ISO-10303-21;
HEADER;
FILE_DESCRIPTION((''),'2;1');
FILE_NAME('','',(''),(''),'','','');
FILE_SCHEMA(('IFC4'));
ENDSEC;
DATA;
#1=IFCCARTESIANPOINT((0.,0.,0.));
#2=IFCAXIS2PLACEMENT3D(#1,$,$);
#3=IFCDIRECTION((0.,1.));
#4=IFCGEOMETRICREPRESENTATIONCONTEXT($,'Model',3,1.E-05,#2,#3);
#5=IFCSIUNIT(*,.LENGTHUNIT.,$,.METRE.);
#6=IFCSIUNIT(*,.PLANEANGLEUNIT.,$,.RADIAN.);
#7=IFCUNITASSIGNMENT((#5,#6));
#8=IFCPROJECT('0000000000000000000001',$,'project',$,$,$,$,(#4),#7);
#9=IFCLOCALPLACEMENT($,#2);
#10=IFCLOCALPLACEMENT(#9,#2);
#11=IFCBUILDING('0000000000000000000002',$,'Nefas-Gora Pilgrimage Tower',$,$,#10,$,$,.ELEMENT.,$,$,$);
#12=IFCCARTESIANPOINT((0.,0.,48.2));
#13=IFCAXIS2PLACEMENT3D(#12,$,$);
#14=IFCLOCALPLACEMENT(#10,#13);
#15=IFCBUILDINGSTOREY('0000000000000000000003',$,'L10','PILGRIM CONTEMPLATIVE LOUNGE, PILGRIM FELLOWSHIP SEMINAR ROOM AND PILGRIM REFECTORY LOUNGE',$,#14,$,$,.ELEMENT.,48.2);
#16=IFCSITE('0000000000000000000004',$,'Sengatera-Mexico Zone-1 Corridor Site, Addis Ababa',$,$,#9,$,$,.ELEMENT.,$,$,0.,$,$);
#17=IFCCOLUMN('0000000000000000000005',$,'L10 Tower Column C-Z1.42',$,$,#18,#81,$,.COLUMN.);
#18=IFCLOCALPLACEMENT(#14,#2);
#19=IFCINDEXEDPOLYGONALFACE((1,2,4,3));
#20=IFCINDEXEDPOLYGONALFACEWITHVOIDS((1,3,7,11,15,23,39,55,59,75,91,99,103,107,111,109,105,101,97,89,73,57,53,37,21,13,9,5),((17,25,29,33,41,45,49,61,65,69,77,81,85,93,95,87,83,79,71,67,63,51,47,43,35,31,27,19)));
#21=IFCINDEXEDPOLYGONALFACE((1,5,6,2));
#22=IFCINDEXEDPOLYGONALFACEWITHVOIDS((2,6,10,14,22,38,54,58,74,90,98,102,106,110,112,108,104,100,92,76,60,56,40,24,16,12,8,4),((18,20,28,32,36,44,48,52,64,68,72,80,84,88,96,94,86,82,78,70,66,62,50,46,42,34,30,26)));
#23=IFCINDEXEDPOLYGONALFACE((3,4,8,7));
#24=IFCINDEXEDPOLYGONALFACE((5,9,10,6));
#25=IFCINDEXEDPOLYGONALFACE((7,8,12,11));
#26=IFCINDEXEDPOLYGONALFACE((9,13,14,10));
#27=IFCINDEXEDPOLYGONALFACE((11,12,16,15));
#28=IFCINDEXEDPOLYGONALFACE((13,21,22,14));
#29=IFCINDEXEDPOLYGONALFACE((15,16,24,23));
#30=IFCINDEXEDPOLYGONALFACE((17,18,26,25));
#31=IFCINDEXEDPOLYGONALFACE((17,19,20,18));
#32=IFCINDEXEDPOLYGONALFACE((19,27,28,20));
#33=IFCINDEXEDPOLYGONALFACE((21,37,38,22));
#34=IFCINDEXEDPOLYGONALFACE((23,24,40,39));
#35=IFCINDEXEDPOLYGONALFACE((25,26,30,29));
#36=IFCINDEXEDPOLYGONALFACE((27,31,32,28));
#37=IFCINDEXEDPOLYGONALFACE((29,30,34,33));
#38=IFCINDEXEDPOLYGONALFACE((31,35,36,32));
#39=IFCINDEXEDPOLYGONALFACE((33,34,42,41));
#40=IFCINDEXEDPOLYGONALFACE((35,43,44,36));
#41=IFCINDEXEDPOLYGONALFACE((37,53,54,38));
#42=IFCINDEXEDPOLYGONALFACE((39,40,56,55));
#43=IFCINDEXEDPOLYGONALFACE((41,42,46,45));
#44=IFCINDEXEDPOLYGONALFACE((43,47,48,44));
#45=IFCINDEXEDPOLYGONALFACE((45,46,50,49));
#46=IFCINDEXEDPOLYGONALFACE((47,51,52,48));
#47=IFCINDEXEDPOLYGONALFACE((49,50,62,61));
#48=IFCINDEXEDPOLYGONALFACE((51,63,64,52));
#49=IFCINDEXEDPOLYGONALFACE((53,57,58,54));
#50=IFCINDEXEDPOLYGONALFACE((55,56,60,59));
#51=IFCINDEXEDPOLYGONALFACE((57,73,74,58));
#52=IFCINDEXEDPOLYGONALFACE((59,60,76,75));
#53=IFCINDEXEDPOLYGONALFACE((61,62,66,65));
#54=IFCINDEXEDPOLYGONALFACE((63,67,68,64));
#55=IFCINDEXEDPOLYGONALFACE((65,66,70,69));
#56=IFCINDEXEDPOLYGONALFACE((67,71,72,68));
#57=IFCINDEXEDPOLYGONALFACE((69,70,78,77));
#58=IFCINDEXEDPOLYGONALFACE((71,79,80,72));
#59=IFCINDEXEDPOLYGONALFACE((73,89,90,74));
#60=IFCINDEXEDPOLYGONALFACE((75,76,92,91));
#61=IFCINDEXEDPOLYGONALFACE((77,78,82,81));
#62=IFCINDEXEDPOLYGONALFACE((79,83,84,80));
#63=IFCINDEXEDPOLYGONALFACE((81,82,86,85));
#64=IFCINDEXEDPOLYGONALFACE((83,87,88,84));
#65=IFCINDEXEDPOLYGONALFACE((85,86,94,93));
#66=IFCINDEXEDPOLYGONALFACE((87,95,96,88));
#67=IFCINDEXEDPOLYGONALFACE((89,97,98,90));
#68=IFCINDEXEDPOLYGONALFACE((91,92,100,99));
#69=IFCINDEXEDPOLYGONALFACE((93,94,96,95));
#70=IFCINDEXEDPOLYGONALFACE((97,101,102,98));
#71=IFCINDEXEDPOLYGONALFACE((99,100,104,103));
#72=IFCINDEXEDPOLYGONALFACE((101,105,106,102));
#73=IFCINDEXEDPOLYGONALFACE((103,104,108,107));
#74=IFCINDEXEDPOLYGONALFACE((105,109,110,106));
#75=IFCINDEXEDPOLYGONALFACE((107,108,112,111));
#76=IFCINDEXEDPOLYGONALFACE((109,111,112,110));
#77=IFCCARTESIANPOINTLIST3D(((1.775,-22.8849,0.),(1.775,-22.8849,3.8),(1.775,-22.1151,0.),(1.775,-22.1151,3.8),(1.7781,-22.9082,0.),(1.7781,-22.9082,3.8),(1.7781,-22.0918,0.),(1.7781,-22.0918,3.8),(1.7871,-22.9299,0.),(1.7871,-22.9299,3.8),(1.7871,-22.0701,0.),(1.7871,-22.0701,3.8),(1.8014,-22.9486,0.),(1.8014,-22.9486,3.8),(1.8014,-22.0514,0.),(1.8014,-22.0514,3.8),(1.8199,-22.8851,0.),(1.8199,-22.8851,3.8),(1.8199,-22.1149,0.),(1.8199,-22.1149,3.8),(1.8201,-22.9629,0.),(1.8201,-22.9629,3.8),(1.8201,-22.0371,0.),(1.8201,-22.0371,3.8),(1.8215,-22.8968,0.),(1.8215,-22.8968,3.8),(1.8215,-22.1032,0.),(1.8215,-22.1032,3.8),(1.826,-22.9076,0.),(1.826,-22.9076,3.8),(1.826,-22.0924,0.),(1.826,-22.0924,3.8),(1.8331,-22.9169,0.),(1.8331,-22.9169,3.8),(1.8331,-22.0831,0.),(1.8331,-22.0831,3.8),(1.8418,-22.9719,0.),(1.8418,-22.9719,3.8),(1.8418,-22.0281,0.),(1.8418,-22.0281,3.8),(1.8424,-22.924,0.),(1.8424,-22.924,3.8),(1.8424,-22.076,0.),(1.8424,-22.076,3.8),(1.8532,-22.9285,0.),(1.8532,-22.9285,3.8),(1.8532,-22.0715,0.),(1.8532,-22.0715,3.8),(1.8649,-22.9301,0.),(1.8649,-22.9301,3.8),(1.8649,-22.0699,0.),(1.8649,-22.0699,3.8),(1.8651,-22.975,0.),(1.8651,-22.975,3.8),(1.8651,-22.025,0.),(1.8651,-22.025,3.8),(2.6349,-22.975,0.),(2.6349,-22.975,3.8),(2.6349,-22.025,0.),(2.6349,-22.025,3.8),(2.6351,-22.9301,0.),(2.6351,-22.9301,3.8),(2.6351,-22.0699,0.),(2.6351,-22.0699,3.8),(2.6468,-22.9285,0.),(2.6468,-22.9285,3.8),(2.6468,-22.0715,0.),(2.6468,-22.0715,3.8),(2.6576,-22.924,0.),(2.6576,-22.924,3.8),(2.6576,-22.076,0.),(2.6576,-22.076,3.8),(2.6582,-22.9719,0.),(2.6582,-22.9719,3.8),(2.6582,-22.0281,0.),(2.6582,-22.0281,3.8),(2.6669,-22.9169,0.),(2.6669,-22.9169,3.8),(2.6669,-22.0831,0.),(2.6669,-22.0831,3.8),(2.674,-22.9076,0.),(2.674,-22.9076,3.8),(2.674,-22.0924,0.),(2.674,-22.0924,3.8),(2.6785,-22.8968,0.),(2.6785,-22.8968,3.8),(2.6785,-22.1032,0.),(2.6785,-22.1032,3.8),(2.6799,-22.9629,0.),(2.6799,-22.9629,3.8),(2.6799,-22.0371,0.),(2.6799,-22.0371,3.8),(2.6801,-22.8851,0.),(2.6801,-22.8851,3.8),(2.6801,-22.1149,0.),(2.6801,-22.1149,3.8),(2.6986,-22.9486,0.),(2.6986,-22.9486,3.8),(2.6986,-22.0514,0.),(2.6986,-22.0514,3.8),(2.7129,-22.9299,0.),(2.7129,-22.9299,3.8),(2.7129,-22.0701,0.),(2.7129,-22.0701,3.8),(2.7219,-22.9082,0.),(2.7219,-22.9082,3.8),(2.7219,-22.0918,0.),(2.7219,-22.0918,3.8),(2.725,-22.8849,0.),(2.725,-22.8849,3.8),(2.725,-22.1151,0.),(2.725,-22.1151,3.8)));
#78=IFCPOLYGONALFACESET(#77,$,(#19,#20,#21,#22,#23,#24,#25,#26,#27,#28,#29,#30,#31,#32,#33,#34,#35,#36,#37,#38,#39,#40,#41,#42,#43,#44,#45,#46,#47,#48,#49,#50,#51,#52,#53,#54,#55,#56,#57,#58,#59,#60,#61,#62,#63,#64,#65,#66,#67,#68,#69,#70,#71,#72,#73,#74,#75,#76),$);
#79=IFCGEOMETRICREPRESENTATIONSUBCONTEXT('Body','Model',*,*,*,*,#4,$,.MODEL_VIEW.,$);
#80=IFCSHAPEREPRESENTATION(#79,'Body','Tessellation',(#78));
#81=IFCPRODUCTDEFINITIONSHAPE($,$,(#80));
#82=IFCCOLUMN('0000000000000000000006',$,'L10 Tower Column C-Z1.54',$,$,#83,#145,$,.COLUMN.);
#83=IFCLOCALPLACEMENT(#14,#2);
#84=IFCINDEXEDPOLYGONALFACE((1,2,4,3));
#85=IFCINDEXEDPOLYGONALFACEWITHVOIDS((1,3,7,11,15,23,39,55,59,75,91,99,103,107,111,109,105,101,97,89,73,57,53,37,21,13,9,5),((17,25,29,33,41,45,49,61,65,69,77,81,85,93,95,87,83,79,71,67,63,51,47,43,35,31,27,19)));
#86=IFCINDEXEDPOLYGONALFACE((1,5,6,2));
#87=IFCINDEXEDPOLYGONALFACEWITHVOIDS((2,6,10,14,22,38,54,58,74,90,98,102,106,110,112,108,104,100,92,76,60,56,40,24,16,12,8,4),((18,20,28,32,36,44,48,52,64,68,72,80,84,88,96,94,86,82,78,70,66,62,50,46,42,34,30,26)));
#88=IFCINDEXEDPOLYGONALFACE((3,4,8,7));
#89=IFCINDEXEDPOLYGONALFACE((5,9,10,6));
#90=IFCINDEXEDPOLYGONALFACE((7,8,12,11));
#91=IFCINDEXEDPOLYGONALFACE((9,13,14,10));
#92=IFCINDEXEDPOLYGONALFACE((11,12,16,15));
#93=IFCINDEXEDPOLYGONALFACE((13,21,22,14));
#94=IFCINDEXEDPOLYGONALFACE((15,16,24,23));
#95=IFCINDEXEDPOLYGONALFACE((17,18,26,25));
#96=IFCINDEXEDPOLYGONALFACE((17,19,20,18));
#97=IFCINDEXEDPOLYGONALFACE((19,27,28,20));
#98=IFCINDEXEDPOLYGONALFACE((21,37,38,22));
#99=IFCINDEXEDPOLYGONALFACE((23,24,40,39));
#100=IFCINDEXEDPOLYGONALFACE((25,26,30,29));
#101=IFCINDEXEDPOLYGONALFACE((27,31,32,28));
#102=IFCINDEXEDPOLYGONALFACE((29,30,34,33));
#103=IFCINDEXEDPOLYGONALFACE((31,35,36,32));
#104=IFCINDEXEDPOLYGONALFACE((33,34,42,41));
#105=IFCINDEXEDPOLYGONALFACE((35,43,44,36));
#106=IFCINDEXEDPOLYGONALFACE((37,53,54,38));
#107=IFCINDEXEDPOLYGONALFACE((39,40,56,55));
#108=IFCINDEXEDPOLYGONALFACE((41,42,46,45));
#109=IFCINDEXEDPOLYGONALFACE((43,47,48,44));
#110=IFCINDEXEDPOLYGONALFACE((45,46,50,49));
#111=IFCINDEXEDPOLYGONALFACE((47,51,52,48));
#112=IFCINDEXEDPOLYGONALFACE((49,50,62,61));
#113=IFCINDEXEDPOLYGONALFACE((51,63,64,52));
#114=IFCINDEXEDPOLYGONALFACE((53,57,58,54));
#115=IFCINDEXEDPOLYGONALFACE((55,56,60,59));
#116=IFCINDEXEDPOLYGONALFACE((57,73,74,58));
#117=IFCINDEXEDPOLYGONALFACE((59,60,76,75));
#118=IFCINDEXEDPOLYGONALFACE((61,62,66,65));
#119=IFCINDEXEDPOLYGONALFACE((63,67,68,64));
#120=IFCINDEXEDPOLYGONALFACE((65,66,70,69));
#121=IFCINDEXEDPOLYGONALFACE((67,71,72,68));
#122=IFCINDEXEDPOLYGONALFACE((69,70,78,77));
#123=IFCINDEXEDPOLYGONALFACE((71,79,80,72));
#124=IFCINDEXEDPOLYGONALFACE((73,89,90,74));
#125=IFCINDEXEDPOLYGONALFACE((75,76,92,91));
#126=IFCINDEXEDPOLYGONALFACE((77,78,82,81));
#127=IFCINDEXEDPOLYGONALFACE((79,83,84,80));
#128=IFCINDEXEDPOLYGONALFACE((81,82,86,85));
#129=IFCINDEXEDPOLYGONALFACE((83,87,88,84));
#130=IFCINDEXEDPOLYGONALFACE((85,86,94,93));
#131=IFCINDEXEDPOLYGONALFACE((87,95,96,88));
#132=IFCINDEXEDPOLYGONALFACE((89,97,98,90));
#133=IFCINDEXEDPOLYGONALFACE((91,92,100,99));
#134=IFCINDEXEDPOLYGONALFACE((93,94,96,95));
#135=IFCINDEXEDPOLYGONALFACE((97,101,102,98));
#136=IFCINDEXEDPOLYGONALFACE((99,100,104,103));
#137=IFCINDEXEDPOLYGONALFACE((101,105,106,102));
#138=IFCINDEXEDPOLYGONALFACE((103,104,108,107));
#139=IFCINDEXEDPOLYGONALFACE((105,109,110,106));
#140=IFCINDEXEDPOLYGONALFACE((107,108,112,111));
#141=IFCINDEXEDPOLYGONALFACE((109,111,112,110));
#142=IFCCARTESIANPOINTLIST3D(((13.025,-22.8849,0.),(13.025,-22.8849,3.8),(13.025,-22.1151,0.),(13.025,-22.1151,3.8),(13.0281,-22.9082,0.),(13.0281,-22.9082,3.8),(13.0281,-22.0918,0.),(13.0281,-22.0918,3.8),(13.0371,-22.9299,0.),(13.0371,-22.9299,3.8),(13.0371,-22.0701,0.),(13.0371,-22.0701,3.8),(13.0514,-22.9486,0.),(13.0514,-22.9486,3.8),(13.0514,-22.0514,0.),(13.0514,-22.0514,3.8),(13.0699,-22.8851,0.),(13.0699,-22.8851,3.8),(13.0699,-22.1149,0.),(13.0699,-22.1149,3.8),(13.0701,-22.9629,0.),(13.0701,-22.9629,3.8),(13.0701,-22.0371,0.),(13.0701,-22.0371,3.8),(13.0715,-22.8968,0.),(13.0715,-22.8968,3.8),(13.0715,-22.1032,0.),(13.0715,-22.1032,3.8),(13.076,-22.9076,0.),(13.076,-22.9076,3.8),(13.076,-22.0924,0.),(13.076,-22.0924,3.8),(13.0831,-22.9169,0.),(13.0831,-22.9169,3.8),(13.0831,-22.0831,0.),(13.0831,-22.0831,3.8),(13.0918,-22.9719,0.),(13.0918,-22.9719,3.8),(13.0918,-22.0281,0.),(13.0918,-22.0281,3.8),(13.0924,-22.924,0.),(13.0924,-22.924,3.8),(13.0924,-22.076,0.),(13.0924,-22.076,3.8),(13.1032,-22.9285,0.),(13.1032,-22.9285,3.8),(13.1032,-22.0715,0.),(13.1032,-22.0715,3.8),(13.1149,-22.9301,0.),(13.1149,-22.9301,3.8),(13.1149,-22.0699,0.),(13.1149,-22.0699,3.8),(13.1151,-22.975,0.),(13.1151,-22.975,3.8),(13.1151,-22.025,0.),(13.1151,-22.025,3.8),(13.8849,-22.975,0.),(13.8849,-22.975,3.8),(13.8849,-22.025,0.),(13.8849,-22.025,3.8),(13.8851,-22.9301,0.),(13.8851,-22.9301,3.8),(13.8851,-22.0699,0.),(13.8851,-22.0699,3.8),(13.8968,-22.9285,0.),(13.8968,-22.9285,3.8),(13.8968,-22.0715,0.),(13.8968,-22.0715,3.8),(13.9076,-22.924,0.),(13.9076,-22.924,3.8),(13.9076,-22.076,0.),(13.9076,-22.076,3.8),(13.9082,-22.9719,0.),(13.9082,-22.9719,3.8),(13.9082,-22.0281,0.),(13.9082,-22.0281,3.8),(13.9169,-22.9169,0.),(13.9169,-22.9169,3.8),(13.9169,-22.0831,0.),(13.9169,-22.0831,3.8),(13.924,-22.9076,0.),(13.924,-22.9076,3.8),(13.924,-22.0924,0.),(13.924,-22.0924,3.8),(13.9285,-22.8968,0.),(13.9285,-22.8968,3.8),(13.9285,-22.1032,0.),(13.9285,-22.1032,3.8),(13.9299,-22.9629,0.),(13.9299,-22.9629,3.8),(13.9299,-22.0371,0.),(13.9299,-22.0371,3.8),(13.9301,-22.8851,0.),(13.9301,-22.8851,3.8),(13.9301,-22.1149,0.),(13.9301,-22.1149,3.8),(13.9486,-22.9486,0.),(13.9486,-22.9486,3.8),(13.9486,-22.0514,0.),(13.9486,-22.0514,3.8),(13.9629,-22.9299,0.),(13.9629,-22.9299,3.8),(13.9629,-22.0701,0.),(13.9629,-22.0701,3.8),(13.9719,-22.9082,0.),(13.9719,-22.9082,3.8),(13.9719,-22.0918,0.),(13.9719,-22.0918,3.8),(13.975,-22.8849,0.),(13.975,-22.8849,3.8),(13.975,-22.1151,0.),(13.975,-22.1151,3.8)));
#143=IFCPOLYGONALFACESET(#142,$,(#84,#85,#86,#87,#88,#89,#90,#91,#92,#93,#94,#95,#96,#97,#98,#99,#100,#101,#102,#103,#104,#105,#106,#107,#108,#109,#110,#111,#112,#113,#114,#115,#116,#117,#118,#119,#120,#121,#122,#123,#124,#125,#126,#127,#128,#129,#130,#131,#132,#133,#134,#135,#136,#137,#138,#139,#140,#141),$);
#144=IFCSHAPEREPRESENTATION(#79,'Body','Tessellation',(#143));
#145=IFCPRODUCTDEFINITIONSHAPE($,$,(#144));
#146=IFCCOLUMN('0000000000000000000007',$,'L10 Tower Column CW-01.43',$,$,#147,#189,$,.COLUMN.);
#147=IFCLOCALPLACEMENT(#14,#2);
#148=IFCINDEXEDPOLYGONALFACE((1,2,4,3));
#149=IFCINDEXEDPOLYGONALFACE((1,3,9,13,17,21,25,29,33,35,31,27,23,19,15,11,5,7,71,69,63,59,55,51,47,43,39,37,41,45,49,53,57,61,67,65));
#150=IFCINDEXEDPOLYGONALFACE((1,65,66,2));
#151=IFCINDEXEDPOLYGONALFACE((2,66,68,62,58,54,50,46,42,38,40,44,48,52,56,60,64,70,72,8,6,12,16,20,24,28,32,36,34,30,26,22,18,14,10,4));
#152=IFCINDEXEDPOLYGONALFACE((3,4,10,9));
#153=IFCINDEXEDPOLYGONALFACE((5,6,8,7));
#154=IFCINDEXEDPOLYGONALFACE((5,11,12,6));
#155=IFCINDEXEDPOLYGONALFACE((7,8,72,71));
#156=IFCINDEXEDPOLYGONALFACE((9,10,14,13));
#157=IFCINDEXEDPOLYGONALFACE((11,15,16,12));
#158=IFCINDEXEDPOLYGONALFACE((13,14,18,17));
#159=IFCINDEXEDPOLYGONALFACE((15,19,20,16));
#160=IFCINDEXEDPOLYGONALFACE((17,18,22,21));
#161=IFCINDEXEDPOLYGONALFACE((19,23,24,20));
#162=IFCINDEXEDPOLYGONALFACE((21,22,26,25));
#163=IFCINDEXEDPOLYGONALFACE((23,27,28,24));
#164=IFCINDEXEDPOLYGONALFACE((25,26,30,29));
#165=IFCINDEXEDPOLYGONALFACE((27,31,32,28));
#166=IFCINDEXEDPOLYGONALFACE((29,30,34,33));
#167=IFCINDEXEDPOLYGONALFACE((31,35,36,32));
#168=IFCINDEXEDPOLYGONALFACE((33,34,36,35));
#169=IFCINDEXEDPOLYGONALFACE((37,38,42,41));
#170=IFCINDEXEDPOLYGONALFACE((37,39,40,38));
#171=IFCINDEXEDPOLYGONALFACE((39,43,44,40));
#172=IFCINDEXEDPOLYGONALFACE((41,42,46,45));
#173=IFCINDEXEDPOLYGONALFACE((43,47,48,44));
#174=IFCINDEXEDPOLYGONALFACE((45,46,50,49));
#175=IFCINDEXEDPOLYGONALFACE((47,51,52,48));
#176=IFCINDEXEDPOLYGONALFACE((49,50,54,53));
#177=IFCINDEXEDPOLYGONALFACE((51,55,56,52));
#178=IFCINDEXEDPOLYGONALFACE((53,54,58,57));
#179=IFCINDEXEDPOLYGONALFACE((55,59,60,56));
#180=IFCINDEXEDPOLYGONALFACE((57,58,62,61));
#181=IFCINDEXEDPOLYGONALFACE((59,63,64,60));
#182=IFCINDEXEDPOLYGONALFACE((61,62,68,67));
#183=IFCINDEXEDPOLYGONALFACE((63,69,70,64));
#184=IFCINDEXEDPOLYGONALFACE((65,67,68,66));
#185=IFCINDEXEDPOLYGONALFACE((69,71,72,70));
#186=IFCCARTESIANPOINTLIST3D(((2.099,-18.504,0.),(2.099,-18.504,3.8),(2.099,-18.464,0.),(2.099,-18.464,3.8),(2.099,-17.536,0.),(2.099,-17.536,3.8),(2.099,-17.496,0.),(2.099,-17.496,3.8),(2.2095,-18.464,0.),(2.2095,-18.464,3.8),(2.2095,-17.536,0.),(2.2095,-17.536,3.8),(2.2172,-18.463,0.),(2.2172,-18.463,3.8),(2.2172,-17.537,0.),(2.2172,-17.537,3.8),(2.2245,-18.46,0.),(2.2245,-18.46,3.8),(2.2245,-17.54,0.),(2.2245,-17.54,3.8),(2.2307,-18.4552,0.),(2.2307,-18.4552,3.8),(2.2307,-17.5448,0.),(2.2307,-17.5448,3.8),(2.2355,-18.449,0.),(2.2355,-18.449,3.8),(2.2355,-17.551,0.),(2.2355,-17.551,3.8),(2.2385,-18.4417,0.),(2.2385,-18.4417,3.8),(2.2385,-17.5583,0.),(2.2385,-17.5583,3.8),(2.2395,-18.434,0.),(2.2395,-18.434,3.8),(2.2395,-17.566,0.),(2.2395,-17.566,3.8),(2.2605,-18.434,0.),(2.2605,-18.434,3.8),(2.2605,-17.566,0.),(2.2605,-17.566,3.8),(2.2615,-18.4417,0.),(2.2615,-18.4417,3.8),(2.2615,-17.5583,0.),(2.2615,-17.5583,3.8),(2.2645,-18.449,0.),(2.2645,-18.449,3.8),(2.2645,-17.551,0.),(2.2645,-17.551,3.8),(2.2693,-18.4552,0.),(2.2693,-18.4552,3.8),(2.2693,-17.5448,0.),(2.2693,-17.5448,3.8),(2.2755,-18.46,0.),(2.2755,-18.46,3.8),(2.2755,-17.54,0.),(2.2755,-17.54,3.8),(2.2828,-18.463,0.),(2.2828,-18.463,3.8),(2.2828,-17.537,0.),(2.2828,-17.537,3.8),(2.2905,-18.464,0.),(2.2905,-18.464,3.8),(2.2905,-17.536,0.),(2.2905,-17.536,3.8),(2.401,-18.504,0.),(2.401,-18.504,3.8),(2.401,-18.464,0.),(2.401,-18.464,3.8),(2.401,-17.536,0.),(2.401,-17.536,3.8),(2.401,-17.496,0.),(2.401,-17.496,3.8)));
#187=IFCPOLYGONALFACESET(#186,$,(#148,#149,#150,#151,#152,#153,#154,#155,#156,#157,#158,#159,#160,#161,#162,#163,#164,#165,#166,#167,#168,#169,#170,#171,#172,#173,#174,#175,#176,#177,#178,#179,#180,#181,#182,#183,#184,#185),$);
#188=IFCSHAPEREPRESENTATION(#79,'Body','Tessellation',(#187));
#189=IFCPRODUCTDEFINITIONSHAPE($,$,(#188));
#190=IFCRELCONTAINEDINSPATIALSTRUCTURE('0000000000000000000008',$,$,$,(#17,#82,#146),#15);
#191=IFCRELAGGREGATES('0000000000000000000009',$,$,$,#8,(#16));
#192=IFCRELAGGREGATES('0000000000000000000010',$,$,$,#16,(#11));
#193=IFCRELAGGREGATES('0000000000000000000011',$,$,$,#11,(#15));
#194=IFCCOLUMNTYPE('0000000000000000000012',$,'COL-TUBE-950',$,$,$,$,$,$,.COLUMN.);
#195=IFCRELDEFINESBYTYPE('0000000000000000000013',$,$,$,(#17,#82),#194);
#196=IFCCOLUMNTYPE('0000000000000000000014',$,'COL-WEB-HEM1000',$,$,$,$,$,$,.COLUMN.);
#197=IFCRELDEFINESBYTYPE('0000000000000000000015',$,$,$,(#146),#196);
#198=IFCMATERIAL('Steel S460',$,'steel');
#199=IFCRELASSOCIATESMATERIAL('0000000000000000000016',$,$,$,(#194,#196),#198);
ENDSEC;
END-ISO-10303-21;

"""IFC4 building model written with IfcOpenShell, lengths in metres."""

from ifc_helpers import new_model, si_unit, direction, frame, origin, origin_2d, place, context, subcontext, project, spatial, hollow_rectangle, i_section, extrude, source, transform, mapped, material, material_profile, profile_set, type_object, element, save


model = new_model("IFC4")

# Units and contexts
model_context = context("Model", 3, precision=1e-05, world=origin(), true_north=direction((0.0, 1.0)))
body_context = subcontext(model_context, "Body", "Model", "MODEL_VIEW")
ifc_project = project(units=[si_unit("LENGTHUNIT", "METRE"), si_unit("PLANEANGLEUNIT", "RADIAN")], contexts=[model_context])

# Site, building, storey
site_placement = place(None, origin())
site = spatial("IfcSite", under=ifc_project, at=site_placement, Name="Sengatera-Mexico Zone-1 Corridor Site, Addis Ababa", CompositionType="ELEMENT", RefElevation=0.0)
building_placement = place(site_placement, origin())
building = spatial("IfcBuilding", under=site, at=building_placement, Name="Nefas-Gora Pilgrimage Tower", CompositionType="ELEMENT")
storey_placement = place(building_placement, frame((0.0, 0.0, 48.2)))
storey = spatial("IfcBuildingStorey", under=building, at=storey_placement, Name="L10", Description="PILGRIM CONTEMPLATIVE LOUNGE, PILGRIM FELLOWSHIP SEMINAR ROOM AND PILGRIM REFECTORY LOUNGE", CompositionType="ELEMENT", Elevation=48.2)

# Columns
ifc_material_1 = material(Name="Steel S460", Category="steel")
ifc_material_profile_1 = material_profile(ifc_material_1, hollow_rectangle(XDim=0.95, YDim=0.95, WallThickness=0.0449, InnerFilletRadius=0.0449, OuterFilletRadius=0.0901, at=origin_2d()), Name="BOX 950x950x45")
ifc_profile_set_1 = profile_set([ifc_material_profile_1], Name="Steel S460")
column_type_1 = type_object("IfcColumnType", Name="COL-TUBE-950", PredefinedType="COLUMN", material=ifc_profile_set_1)
shared_shape_1 = source(origin(), body_context, "Body", "SweptSolid", [
    extrude(hollow_rectangle(XDim=0.95, YDim=0.95, WallThickness=0.0449, InnerFilletRadius=0.0449, OuterFilletRadius=0.0901, at=origin_2d()), origin(), (0.0, 0.0, 1.0), 3.8),
])
for number, where, z_axis, x_axis, name in (
    (1, (2.25, -22.5, 0.0), (0.0, 0.0, 1.0), (1.0, 0.0, 0.0), "L10 Tower Column C-Z1.42"),
    (2, (13.5, -22.5, 0.0), (0.0, 0.0, 1.0), (1.0, 0.0, 0.0), "L10 Tower Column C-Z1.54"),
):
    element("IfcColumn", number, at=place(storey_placement, frame(where, z_axis=z_axis, x_axis=x_axis)), inside=storey, type_object=column_type_1, Name=name, PredefinedType="COLUMN", context=body_context, shape_type="MappedRepresentation", body=[
        mapped(shared_shape_1, transform((0.0, 0.0, 0.0), x_axis=(1.0, 0.0, 0.0), y_axis=(0.0, 1.0, 0.0), z_axis=(0.0, 0.0, 1.0), scale=1.0)),
    ])
ifc_material_profile_2 = material_profile(ifc_material_1, i_section(OverallWidth=0.302, OverallDepth=1.0081, WebThickness=0.021, FlangeThickness=0.04, FilletRadius=0.03, at=origin_2d()), Name="HEM 1000")
ifc_profile_set_2 = profile_set([ifc_material_profile_2], Name="Steel S460")
column_type_2 = type_object("IfcColumnType", Name="COL-WEB-HEM1000", PredefinedType="COLUMN", material=ifc_profile_set_2)
shared_shape_2 = source(origin(), body_context, "Body", "SweptSolid", [
    extrude(i_section(OverallWidth=0.302, OverallDepth=1.0081, WebThickness=0.021, FlangeThickness=0.04, FilletRadius=0.03, at=origin_2d()), origin(), (0.0, 0.0, 1.0), 3.8),
])
for number, where, z_axis, x_axis, name in (
    (3, (2.25, -18.0, 0.0), (0.0, 0.0, 1.0), (1.0, 0.0, 0.0), "L10 Tower Column CW-01.43"),
):
    element("IfcColumn", number, at=place(storey_placement, frame(where, z_axis=z_axis, x_axis=x_axis)), inside=storey, type_object=column_type_2, Name=name, PredefinedType="COLUMN", context=body_context, shape_type="MappedRepresentation", body=[
        mapped(shared_shape_2, transform((0.0, 0.0, 0.0), x_axis=(1.0, 0.0, 0.0), y_axis=(0.0, 1.0, 0.0), z_axis=(0.0, 0.0, 1.0), scale=1.0)),
    ])

save(model, "model.ifc")
